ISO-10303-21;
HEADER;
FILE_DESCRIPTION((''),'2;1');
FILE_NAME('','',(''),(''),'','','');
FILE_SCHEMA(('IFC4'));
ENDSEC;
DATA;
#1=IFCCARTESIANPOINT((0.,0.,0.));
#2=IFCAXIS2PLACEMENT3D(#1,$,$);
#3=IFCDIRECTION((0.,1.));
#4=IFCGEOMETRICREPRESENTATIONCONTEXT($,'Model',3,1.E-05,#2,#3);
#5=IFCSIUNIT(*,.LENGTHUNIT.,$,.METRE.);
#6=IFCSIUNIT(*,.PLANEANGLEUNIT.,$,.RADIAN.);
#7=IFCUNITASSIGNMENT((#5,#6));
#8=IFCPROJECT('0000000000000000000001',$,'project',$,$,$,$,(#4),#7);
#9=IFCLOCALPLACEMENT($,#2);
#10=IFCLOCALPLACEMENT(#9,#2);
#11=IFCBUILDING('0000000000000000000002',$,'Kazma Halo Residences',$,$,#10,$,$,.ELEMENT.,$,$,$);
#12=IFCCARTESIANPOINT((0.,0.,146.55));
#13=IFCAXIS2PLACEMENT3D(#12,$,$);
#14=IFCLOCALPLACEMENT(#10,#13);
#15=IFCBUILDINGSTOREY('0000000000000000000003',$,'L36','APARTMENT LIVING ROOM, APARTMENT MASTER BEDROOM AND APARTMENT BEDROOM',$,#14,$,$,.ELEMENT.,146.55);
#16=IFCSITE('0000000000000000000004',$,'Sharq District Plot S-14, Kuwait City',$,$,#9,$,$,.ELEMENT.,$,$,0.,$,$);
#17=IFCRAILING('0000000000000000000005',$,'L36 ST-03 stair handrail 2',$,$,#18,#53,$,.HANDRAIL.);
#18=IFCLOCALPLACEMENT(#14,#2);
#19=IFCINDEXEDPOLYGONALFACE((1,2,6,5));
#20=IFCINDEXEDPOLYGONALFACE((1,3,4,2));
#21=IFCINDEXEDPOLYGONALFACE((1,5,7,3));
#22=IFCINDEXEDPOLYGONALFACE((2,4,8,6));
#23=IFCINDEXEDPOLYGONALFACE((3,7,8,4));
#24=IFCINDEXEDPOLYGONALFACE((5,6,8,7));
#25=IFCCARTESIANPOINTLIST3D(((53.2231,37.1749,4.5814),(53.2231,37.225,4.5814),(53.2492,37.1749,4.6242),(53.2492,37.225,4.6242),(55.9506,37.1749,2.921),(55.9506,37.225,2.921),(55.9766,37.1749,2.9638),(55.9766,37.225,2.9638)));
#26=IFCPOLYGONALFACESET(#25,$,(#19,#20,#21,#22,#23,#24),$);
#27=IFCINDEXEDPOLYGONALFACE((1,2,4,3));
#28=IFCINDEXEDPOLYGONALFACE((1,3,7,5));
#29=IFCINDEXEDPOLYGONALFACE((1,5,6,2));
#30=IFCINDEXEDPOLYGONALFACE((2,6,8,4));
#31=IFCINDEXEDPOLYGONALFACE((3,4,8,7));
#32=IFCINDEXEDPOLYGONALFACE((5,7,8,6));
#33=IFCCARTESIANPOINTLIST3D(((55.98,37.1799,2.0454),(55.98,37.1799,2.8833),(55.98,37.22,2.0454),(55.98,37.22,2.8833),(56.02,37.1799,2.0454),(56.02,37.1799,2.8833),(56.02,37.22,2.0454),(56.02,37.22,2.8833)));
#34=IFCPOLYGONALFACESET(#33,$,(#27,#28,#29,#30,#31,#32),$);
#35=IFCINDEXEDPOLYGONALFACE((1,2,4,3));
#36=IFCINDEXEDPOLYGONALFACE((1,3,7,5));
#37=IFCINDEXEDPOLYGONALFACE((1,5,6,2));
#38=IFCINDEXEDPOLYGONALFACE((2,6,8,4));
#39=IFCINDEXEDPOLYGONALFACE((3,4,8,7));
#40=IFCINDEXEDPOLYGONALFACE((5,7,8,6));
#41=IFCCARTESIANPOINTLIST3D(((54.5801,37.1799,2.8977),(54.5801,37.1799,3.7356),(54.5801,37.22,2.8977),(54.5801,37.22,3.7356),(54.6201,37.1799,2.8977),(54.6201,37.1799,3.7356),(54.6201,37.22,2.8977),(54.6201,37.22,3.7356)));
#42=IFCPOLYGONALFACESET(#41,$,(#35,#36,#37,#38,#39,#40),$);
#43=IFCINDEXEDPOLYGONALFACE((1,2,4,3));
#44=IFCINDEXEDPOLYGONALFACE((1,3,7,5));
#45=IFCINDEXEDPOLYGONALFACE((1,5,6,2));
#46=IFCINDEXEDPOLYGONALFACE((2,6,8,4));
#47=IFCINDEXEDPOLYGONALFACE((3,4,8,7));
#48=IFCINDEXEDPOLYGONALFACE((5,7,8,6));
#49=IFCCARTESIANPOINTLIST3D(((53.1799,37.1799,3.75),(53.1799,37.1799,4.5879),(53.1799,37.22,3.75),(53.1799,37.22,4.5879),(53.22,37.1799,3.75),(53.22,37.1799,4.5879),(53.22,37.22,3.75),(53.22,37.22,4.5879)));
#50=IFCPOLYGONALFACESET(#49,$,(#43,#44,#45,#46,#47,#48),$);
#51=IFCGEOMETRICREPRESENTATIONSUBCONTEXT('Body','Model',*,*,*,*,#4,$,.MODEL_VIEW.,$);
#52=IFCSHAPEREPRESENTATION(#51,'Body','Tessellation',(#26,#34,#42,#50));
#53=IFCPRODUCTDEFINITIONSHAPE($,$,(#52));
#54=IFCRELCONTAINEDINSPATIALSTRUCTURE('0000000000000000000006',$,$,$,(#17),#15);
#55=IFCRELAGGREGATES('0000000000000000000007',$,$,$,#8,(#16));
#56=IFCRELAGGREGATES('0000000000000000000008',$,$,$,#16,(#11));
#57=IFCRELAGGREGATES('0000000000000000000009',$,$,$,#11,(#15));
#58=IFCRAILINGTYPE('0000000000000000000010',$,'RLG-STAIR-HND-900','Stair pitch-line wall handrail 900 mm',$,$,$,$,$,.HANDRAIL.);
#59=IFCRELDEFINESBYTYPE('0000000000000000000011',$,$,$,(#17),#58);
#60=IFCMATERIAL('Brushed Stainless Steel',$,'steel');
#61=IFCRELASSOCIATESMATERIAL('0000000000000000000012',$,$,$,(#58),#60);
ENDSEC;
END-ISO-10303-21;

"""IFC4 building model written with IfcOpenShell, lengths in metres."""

from ifc_helpers import new_model, si_unit, direction, frame, origin, origin_2d, place, context, subcontext, project, spatial, rectangle, extrude, material, type_object, element, save


model = new_model("IFC4")

# Units and contexts
model_context = context("Model", 3, precision=1e-05, world=origin(), true_north=direction((0.0, 1.0)))
body_context = subcontext(model_context, "Body", "Model", "MODEL_VIEW")
ifc_project = project(units=[si_unit("LENGTHUNIT", "METRE"), si_unit("PLANEANGLEUNIT", "RADIAN")], contexts=[model_context])

# Site, building, storey
site_placement = place(None, origin())
site = spatial("IfcSite", under=ifc_project, at=site_placement, Name="Sharq District Plot S-14, Kuwait City", CompositionType="ELEMENT", RefElevation=0.0)
building_placement = place(site_placement, origin())
building = spatial("IfcBuilding", under=site, at=building_placement, Name="Kazma Halo Residences", CompositionType="ELEMENT")
storey_placement = place(building_placement, frame((0.0, 0.0, 146.55)))
storey = spatial("IfcBuildingStorey", under=building, at=storey_placement, Name="L36", Description="APARTMENT LIVING ROOM, APARTMENT MASTER BEDROOM AND APARTMENT BEDROOM", CompositionType="ELEMENT", Elevation=146.55)

# Railing
ifc_material_1 = material(Name="Brushed Stainless Steel", Category="steel")
railing_type_1 = type_object("IfcRailingType", Name="RLG-STAIR-HND-900", Description="Stair pitch-line wall handrail 900 mm", PredefinedType="HANDRAIL", material=ifc_material_1)
railing_1_placement = place(storey_placement, frame((56.0, 37.2, 2.0454)))
element("IfcRailing", 1, at=railing_1_placement, inside=storey, type_object=railing_type_1, Name="L36 ST-03 stair handrail 2", PredefinedType="HANDRAIL", context=body_context, shape_type="SweptSolid", body=[
    extrude(rectangle(XDim=0.05, YDim=0.05, at=origin_2d()), frame((-0.0364, 0.0, 0.897), z_axis=(-0.85417, 0.0, 0.519994), x_axis=(0.0, -1.0, 0.0)), (0.0, 0.0, 1.0), 3.1931),
    extrude(rectangle(XDim=0.04, YDim=0.04, at=origin_2d()), origin(), (0.0, 0.0, 1.0), 0.8379),
    extrude(rectangle(XDim=0.04, YDim=0.04, at=origin_2d()), frame((-1.3999, 0.0, 0.8523)), (0.0, 0.0, 1.0), 0.8379),
    extrude(rectangle(XDim=0.04, YDim=0.04, at=origin_2d()), frame((-2.8, 0.0, 1.7046)), (0.0, 0.0, 1.0), 0.8379),
])

save(model, "model.ifc")
